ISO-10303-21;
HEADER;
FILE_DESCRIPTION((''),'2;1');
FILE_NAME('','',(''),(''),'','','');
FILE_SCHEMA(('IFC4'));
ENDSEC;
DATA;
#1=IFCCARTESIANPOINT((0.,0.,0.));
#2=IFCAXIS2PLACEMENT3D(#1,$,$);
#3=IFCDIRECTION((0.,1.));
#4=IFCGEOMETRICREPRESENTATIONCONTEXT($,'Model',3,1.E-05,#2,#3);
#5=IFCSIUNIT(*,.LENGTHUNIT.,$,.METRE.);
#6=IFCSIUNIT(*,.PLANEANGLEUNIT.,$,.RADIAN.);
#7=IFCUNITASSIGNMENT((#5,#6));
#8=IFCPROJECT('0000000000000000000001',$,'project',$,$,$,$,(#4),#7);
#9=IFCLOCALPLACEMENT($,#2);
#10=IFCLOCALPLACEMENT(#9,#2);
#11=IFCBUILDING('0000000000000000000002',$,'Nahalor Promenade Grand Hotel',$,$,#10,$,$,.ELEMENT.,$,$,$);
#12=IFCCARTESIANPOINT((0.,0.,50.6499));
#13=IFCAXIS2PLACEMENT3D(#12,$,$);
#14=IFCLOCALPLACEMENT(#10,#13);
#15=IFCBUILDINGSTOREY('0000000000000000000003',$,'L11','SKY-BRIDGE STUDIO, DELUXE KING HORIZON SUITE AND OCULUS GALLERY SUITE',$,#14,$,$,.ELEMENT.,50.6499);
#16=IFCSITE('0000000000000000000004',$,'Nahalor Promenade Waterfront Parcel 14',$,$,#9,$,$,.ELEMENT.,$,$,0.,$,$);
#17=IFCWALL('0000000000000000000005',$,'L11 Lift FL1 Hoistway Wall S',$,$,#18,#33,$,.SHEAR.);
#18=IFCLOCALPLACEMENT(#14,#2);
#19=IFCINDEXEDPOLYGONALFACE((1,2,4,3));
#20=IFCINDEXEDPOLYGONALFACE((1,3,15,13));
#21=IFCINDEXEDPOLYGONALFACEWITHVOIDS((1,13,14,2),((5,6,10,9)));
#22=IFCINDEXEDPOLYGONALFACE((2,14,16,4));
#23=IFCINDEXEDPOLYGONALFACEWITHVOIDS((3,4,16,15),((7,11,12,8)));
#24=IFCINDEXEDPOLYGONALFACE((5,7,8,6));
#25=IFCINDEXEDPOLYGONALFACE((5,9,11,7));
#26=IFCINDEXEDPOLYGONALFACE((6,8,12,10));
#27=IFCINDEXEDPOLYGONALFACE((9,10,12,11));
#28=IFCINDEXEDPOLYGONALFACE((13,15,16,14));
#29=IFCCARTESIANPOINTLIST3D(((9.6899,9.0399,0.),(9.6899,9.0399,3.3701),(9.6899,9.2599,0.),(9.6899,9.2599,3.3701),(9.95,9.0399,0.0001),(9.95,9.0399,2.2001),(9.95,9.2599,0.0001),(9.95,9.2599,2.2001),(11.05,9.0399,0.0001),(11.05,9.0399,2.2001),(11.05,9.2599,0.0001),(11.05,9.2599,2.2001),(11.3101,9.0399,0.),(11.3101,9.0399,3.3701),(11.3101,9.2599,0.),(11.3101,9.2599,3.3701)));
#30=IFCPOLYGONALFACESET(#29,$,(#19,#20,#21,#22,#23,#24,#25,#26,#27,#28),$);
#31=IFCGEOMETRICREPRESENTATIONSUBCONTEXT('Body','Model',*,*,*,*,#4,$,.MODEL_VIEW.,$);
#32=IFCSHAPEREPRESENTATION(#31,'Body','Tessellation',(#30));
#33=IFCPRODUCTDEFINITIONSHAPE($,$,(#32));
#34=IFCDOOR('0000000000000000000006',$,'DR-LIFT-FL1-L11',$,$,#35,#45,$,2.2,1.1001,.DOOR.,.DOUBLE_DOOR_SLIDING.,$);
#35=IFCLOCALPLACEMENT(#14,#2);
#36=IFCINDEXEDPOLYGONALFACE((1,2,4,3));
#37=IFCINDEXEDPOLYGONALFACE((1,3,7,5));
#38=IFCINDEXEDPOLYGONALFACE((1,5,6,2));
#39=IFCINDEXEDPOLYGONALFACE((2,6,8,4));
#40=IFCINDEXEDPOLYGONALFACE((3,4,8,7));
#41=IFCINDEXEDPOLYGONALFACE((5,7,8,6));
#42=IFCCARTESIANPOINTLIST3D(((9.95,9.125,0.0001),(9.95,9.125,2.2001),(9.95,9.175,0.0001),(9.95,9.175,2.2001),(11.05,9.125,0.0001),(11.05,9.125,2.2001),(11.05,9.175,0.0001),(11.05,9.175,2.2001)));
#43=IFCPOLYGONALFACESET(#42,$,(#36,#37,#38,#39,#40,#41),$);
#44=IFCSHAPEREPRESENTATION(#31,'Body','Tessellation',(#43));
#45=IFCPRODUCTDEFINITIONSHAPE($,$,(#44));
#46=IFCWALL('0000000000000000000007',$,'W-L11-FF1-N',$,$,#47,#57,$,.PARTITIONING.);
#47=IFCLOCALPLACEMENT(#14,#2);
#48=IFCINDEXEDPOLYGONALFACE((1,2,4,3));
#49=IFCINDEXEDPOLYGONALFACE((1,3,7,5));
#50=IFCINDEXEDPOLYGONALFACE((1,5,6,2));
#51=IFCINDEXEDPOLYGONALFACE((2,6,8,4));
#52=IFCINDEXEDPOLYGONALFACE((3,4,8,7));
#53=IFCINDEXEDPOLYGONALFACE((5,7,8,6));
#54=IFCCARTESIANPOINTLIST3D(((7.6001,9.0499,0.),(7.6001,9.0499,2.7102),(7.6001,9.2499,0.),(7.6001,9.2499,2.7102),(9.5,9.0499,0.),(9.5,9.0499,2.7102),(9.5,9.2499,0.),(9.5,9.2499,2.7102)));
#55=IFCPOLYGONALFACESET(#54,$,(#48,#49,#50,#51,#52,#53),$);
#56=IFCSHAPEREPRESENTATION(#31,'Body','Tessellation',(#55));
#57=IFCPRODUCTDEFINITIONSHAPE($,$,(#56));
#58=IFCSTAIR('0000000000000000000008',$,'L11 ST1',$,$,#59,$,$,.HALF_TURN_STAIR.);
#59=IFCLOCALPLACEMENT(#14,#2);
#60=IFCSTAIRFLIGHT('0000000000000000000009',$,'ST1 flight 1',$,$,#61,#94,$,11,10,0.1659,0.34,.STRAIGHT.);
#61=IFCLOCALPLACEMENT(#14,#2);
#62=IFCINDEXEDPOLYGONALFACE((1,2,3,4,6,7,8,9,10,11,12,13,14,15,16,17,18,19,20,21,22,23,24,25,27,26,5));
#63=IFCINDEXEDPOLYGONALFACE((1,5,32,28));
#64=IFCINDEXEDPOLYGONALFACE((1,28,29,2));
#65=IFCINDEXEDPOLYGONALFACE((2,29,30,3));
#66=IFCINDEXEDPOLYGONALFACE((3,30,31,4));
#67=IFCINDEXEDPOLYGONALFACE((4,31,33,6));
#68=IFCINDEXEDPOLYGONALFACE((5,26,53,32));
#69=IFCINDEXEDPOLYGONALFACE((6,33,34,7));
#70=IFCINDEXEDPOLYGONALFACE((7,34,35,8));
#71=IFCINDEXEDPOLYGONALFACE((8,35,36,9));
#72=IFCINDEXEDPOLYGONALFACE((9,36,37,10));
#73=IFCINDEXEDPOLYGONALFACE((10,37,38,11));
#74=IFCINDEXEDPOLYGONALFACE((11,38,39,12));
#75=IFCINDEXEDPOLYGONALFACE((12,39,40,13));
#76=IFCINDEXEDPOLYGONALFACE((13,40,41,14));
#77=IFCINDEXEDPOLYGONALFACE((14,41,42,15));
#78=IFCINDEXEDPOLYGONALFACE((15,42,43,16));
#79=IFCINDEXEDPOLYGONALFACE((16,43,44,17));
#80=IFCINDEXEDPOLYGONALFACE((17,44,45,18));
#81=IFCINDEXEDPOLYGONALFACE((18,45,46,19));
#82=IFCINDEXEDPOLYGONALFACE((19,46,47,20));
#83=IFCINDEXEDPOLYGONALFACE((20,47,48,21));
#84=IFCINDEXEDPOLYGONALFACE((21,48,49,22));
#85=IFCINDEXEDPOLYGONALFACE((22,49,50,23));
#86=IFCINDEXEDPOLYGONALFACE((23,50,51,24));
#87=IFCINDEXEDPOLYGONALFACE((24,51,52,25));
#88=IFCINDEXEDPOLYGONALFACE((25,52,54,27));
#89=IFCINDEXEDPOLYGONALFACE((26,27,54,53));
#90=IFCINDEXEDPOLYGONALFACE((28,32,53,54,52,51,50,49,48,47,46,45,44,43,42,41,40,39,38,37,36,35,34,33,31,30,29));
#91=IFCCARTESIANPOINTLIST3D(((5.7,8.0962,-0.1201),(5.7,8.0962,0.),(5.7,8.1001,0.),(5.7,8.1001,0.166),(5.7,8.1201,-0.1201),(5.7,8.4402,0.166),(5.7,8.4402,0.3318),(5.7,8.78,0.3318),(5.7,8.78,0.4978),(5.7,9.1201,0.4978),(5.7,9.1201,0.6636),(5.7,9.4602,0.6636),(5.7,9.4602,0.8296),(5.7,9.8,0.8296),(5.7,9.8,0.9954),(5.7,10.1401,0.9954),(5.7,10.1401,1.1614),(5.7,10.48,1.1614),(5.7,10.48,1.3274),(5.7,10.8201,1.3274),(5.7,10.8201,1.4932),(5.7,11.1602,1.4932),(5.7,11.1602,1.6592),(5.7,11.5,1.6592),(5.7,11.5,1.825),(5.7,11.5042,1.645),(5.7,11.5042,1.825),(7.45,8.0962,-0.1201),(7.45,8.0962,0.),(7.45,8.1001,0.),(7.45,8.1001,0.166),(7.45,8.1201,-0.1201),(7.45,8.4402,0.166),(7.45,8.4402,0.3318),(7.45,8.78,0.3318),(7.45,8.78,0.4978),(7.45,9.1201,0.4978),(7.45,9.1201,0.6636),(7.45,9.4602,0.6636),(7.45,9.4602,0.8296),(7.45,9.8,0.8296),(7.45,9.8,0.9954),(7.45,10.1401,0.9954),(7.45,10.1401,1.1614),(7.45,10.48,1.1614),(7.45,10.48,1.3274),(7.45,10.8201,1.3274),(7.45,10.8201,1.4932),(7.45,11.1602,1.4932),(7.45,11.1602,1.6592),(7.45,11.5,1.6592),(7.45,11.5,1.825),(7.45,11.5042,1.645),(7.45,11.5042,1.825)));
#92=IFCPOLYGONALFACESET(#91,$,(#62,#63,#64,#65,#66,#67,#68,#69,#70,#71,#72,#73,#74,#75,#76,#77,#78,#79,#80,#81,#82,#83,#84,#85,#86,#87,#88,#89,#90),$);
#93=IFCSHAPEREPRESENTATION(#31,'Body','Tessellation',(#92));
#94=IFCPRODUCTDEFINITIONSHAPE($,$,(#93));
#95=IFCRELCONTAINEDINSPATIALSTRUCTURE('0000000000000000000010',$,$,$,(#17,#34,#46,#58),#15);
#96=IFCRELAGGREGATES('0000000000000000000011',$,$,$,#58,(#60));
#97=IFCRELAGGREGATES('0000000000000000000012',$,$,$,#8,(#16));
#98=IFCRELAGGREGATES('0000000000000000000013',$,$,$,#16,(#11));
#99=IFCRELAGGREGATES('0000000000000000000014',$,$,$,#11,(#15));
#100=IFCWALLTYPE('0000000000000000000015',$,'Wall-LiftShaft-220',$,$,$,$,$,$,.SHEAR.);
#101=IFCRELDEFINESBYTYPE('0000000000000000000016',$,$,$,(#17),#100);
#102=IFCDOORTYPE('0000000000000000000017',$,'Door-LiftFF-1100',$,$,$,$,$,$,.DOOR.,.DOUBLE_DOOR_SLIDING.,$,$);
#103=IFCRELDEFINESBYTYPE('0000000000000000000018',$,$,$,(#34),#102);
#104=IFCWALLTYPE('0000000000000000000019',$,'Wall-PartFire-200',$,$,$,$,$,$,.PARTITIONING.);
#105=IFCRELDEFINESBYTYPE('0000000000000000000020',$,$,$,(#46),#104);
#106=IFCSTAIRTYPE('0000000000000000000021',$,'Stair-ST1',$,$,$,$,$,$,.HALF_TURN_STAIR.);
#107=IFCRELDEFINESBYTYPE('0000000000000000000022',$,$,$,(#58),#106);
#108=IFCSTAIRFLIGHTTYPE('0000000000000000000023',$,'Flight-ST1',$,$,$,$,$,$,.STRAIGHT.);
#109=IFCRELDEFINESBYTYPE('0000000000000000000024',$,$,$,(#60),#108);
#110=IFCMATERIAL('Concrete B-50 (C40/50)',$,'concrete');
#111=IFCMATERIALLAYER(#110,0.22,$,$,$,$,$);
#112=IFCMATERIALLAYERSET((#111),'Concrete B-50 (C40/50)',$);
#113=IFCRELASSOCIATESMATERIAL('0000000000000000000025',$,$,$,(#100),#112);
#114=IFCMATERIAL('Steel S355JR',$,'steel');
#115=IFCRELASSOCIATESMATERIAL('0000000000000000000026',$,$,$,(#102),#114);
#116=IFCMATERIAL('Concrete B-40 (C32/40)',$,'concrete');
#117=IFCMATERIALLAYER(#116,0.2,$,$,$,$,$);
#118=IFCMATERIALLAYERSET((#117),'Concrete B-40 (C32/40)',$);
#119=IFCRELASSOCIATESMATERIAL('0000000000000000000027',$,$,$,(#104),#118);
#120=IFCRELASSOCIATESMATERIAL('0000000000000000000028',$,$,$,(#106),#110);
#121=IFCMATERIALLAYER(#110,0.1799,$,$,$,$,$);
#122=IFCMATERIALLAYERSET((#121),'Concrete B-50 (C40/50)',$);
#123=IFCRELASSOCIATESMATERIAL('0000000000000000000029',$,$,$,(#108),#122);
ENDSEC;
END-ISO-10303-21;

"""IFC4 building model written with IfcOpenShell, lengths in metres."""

from ifc_helpers import new_model, si_unit, direction, frame, frame_2d, origin, place, context, subcontext, project, spatial, polyline, rectangle, outline, extrude, source, transform, mapped, material, layer, layer_set, type_object, element, fill, aggregate, save


model = new_model("IFC4")

# Units and contexts
model_context = context("Model", 3, precision=1e-05, world=origin(), true_north=direction((0.0, 1.0)))
body_context = subcontext(model_context, "Body", "Model", "MODEL_VIEW")
ifc_project = project(units=[si_unit("LENGTHUNIT", "METRE"), si_unit("PLANEANGLEUNIT", "RADIAN")], contexts=[model_context])

# Site, building, storey
site_placement = place(None, origin())
site = spatial("IfcSite", under=ifc_project, at=site_placement, Name="Nahalor Promenade Waterfront Parcel 14", CompositionType="ELEMENT", RefElevation=0.0)
building_placement = place(site_placement, origin())
building = spatial("IfcBuilding", under=site, at=building_placement, Name="Nahalor Promenade Grand Hotel", CompositionType="ELEMENT")
storey_placement = place(building_placement, frame((0.0, 0.0, 50.6499)))
storey = spatial("IfcBuildingStorey", under=building, at=storey_placement, Name="L11", Description="SKY-BRIDGE STUDIO, DELUXE KING HORIZON SUITE AND OCULUS GALLERY SUITE", CompositionType="ELEMENT", Elevation=50.6499)

# Shared definitions
ifc_material_1 = material(Name="Concrete B-50 (C40/50)", Category="concrete")
ifc_material_2 = material(Name="Steel S355JR", Category="steel")

# Shared definitions
ifc_layer_1 = layer(ifc_material_1, 0.22)
ifc_layer_set_1 = layer_set([ifc_layer_1], Name="Concrete B-50 (C40/50)")
wall_type_1 = type_object("IfcWallType", Name="Wall-LiftShaft-220", PredefinedType="SHEAR", material=ifc_layer_set_1)

# Wall, opening, door
shared_shape_1 = source(origin(), body_context, "Body", "SweptSolid", [
    extrude(rectangle(XDim=1.6201, YDim=0.22, at=frame_2d((0.8101, 0.0))), origin(), (0.0, 0.0, 1.0), 3.3701),
])
wall_1_placement = place(storey_placement, frame((9.6899, 9.1499, 0.0), z_axis=(0.0, 0.0, 1.0), x_axis=(1.0, 0.0, 0.0)))
wall_1 = element("IfcWall", 1, at=wall_1_placement, inside=storey, type_object=wall_type_1, Name="L11 Lift FL1 Hoistway Wall S", PredefinedType="SHEAR", context=body_context, shape_type="MappedRepresentation", body=[
    mapped(shared_shape_1, transform((0.0, 0.0, 0.0), scale=1.0)),
])
opening_1_placement = place(wall_1_placement, frame((0.26, 0.0, 0.0)))
opening_1 = element("IfcOpeningElement", 2, at=opening_1_placement, cuts=wall_1, PredefinedType="OPENING", context=body_context, shape_type="SweptSolid", body=[
    extrude(rectangle(XDim=1.1001, YDim=2.2, at=frame_2d((0.55, 1.1001))), frame((0.0, 0.1199, 0.0), z_axis=(0.0, -1.0, 0.0), x_axis=(1.0, 0.0, 0.0)), (0.0, 0.0, 1.0), 0.24),
])
door_type_1 = type_object("IfcDoorType", Name="Door-LiftFF-1100", OperationType="DOUBLE_DOOR_SLIDING", PredefinedType="DOOR", material=ifc_material_2)
shared_shape_2 = source(origin(), body_context, "Body", "SweptSolid", [
    extrude(rectangle(XDim=1.1001, YDim=2.2, at=frame_2d((0.55, 1.1001))), frame((0.0, 0.0249, 0.0), z_axis=(0.0, -1.0, 0.0), x_axis=(1.0, 0.0, 0.0)), (0.0, 0.0, 1.0), 0.05),
])
door_1_placement = place(opening_1_placement, frame((1.1001, 0.0, 0.0), z_axis=(0.0, 0.0, 1.0), x_axis=(-1.0, 0.0, 0.0)))
door_1 = element("IfcDoor", 3, at=door_1_placement, inside=storey, type_object=door_type_1, Name="DR-LIFT-FL1-L11", OperationType="DOUBLE_DOOR_SLIDING", OverallHeight=2.2, OverallWidth=1.1001, PredefinedType="DOOR", context=body_context, shape_type="MappedRepresentation", body=[
    mapped(shared_shape_2, transform((0.0, 0.0, 0.0), scale=1.0)),
])
fill(opening_1, door_1)

# Wall
ifc_material_3 = material(Name="Concrete B-40 (C32/40)", Category="concrete")
ifc_layer_2 = layer(ifc_material_3, 0.2)
ifc_layer_set_2 = layer_set([ifc_layer_2], Name="Concrete B-40 (C32/40)")
wall_type_2 = type_object("IfcWallType", Name="Wall-PartFire-200", PredefinedType="PARTITIONING", material=ifc_layer_set_2)
shared_shape_3 = source(origin(), body_context, "Body", "SweptSolid", [
    extrude(rectangle(XDim=1.8999, YDim=0.2, at=frame_2d((0.95, 0.0))), origin(), (0.0, 0.0, 1.0), 2.7102),
])
wall_2_placement = place(storey_placement, frame((7.6001, 9.1499, 0.0), z_axis=(0.0, 0.0, 1.0), x_axis=(1.0, 0.0, 0.0)))
element("IfcWall", 4, at=wall_2_placement, inside=storey, type_object=wall_type_2, Name="W-L11-FF1-N", PredefinedType="PARTITIONING", context=body_context, shape_type="MappedRepresentation", body=[
    mapped(shared_shape_3, transform((0.0, 0.0, 0.0), scale=1.0)),
])

# Stair, stair flight
stair_type = type_object("IfcStairType", Name="Stair-ST1", PredefinedType="HALF_TURN_STAIR", material=ifc_material_1)
stair_placement = place(storey_placement, origin())
stair = element("IfcStair", 5, at=stair_placement, inside=storey, type_object=stair_type, Name="L11 ST1", PredefinedType="HALF_TURN_STAIR")
ifc_layer_3 = layer(ifc_material_1, 0.1799)
ifc_layer_set_3 = layer_set([ifc_layer_3], Name="Concrete B-50 (C40/50)")
stair_flight_type = type_object("IfcStairFlightType", Name="Flight-ST1", PredefinedType="STRAIGHT", material=ifc_layer_set_3)
shared_shape_4 = source(origin(), body_context, "Body", "SweptSolid", [
    extrude(outline(polyline([(-0.0039, -0.1201), (-0.0039, 0.0), (0.0, 0.0), (0.0, 0.166), (0.3401, 0.166), (0.3401, 0.3318), (0.6799, 0.3318), (0.6799, 0.4978), (1.02, 0.4978), (1.02, 0.6636), (1.3601, 0.6636), (1.3601, 0.8296), (1.7, 0.8296), (1.7, 0.9954), (2.04, 0.9954), (2.04, 1.1614), (2.3799, 1.1614), (2.3799, 1.3274), (2.72, 1.3274), (2.72, 1.4932), (3.0601, 1.4932), (3.0601, 1.6592), (3.3999, 1.6592), (3.3999, 1.825), (3.4041, 1.825), (3.4041, 1.645), (0.02, -0.1201), (-0.0039, -0.1201)])), frame((0.0, 0.875, 0.0), z_axis=(0.0, -1.0, 0.0), x_axis=(1.0, 0.0, 0.0)), (0.0, 0.0, 1.0), 1.75),
])
stair_flight_placement = place(storey_placement, frame((6.575, 8.1001, 0.0), z_axis=(0.0, 0.0, 1.0), x_axis=(0.0, 1.0, 0.0)))
stair_flight = element("IfcStairFlight", 6, at=stair_flight_placement, type_object=stair_flight_type, Name="ST1 flight 1", NumberOfRisers=11, NumberOfTreads=10, PredefinedType="STRAIGHT", RiserHeight=0.1659, TreadLength=0.34, context=body_context, shape_type="MappedRepresentation", body=[
    mapped(shared_shape_4, transform((0.0, 0.0, 0.0), scale=1.0)),
])
aggregate(stair, [stair_flight])

save(model, "model.ifc")
